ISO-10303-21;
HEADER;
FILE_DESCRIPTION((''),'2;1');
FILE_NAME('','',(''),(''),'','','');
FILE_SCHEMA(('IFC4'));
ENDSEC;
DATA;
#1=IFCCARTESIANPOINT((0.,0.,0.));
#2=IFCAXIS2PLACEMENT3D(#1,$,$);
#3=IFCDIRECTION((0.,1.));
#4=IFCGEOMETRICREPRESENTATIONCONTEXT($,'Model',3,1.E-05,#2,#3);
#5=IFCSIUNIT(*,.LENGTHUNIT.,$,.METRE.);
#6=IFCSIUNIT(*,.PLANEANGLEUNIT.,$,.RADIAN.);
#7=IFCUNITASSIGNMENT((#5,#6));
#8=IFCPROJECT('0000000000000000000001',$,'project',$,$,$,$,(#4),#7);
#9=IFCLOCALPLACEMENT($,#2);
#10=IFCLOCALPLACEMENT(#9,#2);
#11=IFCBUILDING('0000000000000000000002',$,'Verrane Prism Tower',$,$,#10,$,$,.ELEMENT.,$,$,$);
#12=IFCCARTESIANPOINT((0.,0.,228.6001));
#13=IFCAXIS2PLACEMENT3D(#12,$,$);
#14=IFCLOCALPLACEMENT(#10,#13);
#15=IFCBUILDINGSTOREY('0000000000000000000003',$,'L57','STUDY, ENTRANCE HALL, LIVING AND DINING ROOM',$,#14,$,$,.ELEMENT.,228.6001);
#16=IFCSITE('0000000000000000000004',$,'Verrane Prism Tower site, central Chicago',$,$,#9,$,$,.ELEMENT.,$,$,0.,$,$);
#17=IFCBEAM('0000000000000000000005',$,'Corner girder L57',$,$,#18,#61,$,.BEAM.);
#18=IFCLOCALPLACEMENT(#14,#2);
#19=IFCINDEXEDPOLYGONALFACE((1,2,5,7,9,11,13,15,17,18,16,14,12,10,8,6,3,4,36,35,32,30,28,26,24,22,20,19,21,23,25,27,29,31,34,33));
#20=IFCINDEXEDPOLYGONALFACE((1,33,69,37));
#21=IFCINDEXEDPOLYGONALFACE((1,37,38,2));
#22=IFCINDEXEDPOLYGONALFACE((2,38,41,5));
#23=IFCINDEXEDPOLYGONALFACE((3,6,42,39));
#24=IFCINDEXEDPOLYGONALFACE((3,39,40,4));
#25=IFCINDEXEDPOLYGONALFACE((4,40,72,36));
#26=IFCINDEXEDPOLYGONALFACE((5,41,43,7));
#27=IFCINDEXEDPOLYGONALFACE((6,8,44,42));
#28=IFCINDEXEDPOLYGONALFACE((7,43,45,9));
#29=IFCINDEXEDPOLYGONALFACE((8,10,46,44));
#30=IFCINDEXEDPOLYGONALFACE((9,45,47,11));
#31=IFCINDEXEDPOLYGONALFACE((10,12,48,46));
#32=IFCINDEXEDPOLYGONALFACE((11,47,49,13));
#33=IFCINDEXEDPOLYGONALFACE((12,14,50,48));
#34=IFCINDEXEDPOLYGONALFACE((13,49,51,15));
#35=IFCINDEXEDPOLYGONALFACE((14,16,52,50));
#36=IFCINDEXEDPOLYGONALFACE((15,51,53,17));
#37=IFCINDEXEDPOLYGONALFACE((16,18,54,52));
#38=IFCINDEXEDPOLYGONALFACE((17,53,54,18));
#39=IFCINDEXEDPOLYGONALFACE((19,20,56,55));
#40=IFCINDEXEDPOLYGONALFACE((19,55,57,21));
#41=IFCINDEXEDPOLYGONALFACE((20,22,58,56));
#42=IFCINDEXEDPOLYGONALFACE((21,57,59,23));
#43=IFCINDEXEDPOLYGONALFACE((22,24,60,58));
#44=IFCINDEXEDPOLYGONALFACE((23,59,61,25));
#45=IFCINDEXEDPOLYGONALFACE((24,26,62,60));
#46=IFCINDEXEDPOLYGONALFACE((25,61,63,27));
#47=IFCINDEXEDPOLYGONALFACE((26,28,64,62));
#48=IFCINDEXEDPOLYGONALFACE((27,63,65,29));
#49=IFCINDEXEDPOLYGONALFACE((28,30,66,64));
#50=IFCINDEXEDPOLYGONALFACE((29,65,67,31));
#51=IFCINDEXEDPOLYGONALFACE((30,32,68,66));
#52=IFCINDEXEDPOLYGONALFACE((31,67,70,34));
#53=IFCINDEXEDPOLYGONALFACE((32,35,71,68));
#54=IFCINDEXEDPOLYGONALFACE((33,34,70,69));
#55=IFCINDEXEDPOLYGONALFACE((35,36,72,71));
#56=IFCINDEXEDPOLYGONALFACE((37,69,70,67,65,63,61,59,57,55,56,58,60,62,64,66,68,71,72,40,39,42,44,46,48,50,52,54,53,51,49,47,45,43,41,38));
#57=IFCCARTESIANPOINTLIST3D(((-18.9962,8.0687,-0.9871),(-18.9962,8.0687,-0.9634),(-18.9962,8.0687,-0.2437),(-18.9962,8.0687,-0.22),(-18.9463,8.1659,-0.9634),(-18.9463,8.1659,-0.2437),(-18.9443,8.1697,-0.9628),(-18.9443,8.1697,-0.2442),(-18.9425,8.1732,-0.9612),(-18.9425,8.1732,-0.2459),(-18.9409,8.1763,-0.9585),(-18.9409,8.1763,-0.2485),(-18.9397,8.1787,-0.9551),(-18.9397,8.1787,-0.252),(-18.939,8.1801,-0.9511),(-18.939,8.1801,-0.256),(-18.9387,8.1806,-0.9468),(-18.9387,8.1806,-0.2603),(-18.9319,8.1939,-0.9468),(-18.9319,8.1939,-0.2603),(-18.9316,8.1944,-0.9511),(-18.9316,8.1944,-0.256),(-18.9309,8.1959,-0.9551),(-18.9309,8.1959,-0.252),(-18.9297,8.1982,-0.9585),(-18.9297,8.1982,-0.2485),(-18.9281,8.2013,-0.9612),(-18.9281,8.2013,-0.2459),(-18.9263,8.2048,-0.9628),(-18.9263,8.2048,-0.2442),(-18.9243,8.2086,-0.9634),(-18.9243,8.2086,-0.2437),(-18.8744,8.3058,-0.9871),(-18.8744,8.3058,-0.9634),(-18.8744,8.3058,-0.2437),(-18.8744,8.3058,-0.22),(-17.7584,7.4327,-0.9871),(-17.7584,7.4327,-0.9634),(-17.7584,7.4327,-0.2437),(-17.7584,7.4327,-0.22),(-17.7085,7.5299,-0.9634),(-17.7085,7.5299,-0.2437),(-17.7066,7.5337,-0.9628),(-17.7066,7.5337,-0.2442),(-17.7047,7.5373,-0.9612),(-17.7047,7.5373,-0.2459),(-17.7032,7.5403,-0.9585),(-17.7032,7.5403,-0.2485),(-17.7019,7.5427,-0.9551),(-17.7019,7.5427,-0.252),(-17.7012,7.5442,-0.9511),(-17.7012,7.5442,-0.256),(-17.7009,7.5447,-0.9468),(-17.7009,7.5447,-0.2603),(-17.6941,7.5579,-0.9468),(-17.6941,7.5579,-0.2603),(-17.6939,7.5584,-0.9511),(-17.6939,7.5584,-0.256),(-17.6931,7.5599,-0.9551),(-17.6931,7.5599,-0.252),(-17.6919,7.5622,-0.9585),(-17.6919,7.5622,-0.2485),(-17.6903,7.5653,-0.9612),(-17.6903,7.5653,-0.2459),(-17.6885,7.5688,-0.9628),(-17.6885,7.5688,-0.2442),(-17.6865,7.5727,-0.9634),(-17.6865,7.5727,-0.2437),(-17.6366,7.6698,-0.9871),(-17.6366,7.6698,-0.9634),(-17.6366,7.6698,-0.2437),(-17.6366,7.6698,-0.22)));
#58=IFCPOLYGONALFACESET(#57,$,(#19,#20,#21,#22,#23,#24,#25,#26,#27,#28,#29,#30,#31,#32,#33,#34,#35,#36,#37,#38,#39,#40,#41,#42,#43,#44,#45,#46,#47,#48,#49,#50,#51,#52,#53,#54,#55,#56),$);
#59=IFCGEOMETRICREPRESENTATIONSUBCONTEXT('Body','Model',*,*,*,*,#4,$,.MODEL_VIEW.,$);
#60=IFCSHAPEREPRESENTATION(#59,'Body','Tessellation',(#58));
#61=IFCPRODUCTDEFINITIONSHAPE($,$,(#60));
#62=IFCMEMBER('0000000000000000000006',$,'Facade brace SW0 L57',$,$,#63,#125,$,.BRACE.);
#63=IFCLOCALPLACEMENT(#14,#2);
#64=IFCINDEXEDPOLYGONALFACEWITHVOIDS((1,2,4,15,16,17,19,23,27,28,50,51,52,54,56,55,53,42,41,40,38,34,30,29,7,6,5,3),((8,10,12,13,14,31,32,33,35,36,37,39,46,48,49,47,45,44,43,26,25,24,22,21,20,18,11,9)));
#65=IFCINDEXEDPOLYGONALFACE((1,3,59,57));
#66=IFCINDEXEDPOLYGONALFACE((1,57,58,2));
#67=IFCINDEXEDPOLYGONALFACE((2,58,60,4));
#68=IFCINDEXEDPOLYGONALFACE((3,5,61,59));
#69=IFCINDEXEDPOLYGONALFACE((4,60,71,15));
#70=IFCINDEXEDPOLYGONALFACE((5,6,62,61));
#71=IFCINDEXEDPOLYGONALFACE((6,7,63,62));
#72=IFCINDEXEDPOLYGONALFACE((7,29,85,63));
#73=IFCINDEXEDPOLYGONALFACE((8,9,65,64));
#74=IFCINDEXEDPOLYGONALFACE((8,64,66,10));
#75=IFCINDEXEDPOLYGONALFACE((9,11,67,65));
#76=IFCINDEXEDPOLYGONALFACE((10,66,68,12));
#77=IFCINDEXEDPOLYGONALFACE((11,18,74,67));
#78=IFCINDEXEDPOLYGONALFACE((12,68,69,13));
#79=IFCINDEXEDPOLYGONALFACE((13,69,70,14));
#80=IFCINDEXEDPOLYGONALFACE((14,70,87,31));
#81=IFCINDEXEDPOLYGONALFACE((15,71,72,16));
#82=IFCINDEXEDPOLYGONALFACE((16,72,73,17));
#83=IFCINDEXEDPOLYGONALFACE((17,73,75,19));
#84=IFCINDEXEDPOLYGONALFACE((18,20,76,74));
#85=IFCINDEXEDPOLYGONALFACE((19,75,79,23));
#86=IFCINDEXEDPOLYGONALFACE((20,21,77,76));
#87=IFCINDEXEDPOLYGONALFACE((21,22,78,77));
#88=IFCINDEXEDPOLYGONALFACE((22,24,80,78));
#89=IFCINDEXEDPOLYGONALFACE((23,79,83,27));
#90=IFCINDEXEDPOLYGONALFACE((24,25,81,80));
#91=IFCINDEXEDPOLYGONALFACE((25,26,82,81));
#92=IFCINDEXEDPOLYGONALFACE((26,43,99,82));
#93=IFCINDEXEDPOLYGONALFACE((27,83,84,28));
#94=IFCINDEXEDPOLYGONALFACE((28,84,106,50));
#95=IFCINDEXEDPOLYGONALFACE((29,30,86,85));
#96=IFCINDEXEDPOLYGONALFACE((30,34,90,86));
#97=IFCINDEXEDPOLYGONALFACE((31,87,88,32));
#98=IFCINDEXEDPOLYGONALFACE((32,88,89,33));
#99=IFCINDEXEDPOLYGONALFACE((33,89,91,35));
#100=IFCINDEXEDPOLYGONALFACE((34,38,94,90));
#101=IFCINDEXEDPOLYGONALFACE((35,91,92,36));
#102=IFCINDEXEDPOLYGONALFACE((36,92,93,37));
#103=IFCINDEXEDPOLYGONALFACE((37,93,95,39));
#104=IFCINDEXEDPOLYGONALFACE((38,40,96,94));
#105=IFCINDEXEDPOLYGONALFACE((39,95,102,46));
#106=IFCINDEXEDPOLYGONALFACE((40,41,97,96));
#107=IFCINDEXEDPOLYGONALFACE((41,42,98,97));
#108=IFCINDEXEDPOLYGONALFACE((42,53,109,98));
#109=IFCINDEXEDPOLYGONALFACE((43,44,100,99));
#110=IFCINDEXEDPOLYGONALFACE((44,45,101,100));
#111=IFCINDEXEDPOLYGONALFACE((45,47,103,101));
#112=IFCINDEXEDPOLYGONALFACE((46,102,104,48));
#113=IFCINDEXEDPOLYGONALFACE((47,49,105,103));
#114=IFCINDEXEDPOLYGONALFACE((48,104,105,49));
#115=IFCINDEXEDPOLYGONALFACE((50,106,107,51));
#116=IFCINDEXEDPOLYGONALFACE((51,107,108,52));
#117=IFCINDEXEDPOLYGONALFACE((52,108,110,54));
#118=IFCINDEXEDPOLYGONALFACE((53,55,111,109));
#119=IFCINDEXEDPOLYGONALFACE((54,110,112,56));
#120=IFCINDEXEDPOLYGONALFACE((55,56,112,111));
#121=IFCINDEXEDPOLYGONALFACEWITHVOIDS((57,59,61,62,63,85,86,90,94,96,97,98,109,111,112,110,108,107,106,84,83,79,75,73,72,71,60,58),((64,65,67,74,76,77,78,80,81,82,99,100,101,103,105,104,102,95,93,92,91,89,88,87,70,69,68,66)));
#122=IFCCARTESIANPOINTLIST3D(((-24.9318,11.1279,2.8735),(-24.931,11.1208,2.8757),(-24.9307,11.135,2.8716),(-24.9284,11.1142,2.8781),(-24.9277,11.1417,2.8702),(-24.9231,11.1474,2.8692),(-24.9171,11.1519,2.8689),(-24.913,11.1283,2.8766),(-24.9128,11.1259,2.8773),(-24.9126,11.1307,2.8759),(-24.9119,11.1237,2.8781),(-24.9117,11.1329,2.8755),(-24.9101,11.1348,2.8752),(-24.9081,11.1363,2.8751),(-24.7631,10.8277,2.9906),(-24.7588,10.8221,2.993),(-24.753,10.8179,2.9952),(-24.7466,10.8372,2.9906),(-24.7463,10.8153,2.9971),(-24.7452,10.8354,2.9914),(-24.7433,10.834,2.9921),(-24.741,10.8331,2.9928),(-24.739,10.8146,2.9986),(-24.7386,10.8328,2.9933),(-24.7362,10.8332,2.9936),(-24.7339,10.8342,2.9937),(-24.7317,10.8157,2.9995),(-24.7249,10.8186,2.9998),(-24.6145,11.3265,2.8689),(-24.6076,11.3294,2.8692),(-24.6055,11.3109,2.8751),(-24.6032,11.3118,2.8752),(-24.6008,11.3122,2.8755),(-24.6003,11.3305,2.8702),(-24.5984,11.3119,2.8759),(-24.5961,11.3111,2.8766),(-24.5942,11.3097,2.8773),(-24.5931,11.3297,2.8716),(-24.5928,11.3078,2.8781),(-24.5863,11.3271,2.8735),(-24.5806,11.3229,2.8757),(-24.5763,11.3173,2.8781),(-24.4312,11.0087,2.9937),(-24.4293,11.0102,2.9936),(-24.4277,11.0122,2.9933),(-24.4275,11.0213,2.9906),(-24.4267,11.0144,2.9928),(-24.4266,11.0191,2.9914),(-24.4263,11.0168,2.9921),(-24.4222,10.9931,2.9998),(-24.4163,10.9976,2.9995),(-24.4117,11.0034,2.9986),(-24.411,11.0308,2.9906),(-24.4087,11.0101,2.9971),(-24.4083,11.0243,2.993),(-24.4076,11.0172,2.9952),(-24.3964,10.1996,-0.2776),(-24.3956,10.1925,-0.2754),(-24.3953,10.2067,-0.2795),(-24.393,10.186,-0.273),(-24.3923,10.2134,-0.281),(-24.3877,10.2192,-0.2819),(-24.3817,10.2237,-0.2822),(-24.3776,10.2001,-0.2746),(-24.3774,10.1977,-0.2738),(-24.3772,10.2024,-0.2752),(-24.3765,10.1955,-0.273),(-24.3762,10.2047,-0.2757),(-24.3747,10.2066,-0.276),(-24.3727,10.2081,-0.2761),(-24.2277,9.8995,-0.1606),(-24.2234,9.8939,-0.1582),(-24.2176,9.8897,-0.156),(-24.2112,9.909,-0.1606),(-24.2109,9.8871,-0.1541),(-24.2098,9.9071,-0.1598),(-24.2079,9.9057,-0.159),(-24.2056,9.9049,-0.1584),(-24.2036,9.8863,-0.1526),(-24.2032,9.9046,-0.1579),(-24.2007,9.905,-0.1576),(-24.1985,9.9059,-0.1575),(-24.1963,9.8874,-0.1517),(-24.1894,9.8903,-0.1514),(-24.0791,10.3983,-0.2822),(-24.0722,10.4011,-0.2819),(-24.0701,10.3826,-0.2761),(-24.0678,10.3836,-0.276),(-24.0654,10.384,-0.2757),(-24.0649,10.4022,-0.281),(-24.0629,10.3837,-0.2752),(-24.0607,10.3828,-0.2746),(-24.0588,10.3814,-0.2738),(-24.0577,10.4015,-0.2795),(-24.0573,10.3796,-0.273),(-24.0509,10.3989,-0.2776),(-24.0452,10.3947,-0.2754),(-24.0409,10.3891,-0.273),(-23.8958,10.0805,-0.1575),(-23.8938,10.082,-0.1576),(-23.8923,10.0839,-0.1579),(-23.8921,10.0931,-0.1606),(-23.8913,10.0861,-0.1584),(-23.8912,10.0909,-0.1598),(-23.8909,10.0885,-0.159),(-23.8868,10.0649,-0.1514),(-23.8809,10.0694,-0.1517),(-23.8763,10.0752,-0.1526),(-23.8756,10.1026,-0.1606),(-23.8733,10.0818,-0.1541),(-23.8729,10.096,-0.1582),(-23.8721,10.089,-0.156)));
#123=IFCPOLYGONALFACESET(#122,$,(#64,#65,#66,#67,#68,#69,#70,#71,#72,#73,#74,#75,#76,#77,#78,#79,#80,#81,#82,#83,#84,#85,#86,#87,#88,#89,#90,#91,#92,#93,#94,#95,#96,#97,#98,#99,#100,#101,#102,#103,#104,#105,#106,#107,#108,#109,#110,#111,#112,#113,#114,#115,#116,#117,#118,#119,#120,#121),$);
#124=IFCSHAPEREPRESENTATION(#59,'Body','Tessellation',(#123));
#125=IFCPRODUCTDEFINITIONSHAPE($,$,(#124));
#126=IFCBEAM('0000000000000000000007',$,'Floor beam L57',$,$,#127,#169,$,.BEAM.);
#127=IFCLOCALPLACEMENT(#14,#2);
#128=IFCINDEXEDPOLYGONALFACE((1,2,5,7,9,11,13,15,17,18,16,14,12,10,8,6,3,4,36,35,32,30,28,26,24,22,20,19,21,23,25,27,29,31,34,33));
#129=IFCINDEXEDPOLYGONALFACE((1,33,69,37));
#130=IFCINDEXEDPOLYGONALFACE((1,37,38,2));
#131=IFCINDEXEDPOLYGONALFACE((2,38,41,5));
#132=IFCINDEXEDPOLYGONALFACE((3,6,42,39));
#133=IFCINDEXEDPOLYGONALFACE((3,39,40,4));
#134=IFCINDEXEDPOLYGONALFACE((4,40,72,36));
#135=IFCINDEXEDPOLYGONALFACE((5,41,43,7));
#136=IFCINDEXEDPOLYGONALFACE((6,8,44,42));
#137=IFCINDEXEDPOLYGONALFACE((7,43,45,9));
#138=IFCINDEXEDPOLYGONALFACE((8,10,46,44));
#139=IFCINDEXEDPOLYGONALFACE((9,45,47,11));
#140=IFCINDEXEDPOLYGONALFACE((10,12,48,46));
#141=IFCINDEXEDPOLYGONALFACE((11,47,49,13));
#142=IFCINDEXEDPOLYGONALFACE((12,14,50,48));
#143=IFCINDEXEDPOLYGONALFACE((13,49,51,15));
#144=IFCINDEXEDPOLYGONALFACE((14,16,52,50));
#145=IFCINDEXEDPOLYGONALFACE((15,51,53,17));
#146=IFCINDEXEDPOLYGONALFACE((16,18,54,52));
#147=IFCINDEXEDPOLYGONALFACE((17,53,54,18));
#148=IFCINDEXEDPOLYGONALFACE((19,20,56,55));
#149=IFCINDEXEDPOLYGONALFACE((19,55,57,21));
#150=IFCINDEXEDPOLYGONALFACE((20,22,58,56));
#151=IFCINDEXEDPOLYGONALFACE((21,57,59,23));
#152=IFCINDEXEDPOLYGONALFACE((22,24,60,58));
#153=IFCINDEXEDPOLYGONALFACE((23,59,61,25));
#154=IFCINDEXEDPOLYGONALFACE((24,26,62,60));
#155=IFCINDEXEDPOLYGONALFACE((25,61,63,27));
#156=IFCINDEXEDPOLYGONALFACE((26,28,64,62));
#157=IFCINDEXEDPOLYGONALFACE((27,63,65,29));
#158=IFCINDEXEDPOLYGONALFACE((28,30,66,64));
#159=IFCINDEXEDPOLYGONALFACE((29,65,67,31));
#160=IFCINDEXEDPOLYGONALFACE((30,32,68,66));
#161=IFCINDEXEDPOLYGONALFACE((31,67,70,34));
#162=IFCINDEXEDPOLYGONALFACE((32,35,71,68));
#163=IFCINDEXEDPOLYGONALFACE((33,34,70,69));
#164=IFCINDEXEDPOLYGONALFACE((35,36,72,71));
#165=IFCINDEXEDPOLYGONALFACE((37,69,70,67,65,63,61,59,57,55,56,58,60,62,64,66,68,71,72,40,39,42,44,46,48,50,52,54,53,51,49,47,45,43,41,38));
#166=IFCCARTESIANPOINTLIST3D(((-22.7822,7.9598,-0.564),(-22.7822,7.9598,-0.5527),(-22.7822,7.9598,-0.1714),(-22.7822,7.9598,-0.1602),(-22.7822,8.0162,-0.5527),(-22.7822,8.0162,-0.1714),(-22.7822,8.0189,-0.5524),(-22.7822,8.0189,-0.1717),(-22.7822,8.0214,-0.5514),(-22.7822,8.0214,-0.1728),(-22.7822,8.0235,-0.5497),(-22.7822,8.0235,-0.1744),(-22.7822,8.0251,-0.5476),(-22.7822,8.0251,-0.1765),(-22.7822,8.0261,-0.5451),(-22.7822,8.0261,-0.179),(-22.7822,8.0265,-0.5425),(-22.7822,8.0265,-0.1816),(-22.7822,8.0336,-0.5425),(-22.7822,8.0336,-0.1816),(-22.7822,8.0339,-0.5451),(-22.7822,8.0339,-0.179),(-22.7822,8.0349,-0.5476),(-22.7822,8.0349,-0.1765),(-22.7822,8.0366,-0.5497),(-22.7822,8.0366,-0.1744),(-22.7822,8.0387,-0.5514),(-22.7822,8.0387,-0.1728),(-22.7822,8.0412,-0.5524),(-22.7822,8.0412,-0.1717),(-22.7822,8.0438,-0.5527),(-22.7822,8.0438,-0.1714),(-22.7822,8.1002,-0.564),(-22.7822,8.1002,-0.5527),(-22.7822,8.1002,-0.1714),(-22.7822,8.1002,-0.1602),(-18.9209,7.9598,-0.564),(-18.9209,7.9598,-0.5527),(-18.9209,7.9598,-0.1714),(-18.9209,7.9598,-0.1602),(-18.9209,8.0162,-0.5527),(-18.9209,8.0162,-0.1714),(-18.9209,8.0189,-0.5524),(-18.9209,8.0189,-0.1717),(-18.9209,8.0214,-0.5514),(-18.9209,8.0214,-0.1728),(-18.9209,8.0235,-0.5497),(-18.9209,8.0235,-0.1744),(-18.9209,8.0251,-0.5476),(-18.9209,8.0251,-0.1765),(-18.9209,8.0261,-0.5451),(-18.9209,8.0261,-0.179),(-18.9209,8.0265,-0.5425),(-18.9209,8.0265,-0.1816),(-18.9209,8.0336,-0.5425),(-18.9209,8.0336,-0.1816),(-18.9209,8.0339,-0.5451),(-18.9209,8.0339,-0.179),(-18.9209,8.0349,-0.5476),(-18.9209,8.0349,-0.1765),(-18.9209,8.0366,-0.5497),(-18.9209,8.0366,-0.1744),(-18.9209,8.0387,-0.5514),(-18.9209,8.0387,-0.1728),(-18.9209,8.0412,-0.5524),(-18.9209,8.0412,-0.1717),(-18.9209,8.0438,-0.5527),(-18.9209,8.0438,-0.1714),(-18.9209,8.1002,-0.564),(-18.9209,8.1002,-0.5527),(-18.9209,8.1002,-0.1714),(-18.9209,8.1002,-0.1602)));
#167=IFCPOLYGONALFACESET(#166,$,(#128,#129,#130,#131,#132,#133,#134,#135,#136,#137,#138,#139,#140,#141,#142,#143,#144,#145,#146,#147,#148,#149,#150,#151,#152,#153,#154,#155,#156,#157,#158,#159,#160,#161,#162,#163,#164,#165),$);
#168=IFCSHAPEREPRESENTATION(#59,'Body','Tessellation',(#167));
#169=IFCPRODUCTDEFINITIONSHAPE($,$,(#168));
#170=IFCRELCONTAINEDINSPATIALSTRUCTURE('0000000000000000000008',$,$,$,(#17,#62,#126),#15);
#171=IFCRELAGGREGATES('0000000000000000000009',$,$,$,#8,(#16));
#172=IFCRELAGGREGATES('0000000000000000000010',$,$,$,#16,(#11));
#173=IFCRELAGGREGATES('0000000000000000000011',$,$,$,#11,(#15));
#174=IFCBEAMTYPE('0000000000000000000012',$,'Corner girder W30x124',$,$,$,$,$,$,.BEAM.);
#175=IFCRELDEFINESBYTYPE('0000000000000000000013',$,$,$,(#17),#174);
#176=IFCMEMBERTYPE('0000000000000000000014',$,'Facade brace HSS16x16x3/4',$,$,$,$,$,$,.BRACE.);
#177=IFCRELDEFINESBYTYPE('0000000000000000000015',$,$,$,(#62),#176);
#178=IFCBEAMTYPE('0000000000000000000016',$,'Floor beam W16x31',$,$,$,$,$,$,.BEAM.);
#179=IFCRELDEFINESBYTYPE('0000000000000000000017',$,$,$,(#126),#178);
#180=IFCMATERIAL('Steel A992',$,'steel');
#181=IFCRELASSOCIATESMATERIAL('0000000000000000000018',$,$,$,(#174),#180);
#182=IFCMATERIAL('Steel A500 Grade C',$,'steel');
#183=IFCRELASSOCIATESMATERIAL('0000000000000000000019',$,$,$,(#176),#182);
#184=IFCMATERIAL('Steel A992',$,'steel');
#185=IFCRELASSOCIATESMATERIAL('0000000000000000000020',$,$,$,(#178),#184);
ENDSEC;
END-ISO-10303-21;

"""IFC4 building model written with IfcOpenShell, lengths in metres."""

from ifc_helpers import new_model, si_unit, direction, frame, origin, origin_2d, place, context, subcontext, project, spatial, hollow_rectangle, i_section, extrude, material, material_profile, profile_set, type_object, element, save


model = new_model("IFC4")

# Units and contexts
model_context = context("Model", 3, precision=1e-05, world=origin(), true_north=direction((0.0, 1.0)))
body_context = subcontext(model_context, "Body", "Model", "MODEL_VIEW")
ifc_project = project(units=[si_unit("LENGTHUNIT", "METRE"), si_unit("PLANEANGLEUNIT", "RADIAN")], contexts=[model_context])

# Site, building, storey
site_placement = place(None, origin())
site = spatial("IfcSite", under=ifc_project, at=site_placement, Name="Verrane Prism Tower site, central Chicago", CompositionType="ELEMENT", RefElevation=0.0)
building_placement = place(site_placement, origin())
building = spatial("IfcBuilding", under=site, at=building_placement, Name="Verrane Prism Tower", CompositionType="ELEMENT")
storey_placement = place(building_placement, frame((0.0, 0.0, 228.6001)))
storey = spatial("IfcBuildingStorey", under=building, at=storey_placement, Name="L57", Description="STUDY, ENTRANCE HALL, LIVING AND DINING ROOM", CompositionType="ELEMENT", Elevation=228.6001)

# Beam
ifc_material_1 = material(Name="Steel A992", Category="steel")
ifc_material_profile_1 = material_profile(ifc_material_1, i_section(OverallWidth=0.2666, OverallDepth=0.7671, WebThickness=0.0149, FlangeThickness=0.0237, FilletRadius=0.0166, at=origin_2d()), Name="W30x124")
ifc_profile_set_1 = profile_set([ifc_material_profile_1], Name="Steel A992")
beam_type_1 = type_object("IfcBeamType", Name="Corner girder W30x124", PredefinedType="BEAM", material=ifc_profile_set_1)
beam_1_placement = place(storey_placement, frame((-18.9353, 8.1873, -0.6035), z_axis=(0.889461, -0.457011, 0.0), x_axis=(0.457011, 0.889461, 0.0)))
element("IfcBeam", 1, at=beam_1_placement, inside=storey, type_object=beam_type_1, Name="Corner girder L57", PredefinedType="BEAM", context=body_context, shape_type="SweptSolid", body=[
    extrude(i_section(OverallWidth=0.2666, OverallDepth=0.7671, WebThickness=0.0149, FlangeThickness=0.0237, FilletRadius=0.0166, at=origin_2d()), origin(), (0.0, 0.0, 1.0), 1.3916),
])

# Member
ifc_material_2 = material(Name="Steel A500 Grade C", Category="steel")
ifc_material_profile_2 = material_profile(ifc_material_2, hollow_rectangle(XDim=0.4065, YDim=0.4065, WallThickness=0.019, InnerFilletRadius=0.0095, OuterFilletRadius=0.0286, at=origin_2d()), Name="HSS16x16x3/4")
ifc_profile_set_2 = profile_set([ifc_material_profile_2], Name="Steel A500 Grade C")
member_type_1 = type_object("IfcMemberType", Name="Facade brace HSS16x16x3/4", PredefinedType="BRACE", material=ifc_profile_set_2)
member_1_placement = place(storey_placement, frame((-24.1343, 10.1443, -0.2168), z_axis=(-0.160861, 0.278885, 0.946756), x_axis=(-0.866231, -0.499644, 0.0)))
element("IfcMember", 2, at=member_1_placement, inside=storey, type_object=member_type_1, Name="Facade brace SW0 L57", PredefinedType="BRACE", context=body_context, shape_type="SweptSolid", body=[
    extrude(hollow_rectangle(XDim=0.4065, YDim=0.4065, WallThickness=0.019, InnerFilletRadius=0.0095, OuterFilletRadius=0.0286, at=origin_2d()), origin(), (0.0, 0.0, 1.0), 3.3284),
])

# Beam
ifc_material_3 = material(Name="Steel A992", Category="steel")
ifc_material_profile_3 = material_profile(ifc_material_3, i_section(OverallWidth=0.1404, OverallDepth=0.4038, WebThickness=0.0071, FlangeThickness=0.0112, FilletRadius=0.0103, at=origin_2d()), Name="W16x31")
ifc_profile_set_3 = profile_set([ifc_material_profile_3], Name="Steel A992")
beam_type_2 = type_object("IfcBeamType", Name="Floor beam W16x31", PredefinedType="BEAM", material=ifc_profile_set_3)
beam_2_placement = place(storey_placement, frame((-22.7822, 8.03, -0.3621), z_axis=(1.0, 0.0, 0.0), x_axis=(0.0, 1.0, 0.0)))
element("IfcBeam", 3, at=beam_2_placement, inside=storey, type_object=beam_type_2, Name="Floor beam L57", PredefinedType="BEAM", context=body_context, shape_type="SweptSolid", body=[
    extrude(i_section(OverallWidth=0.1404, OverallDepth=0.4038, WebThickness=0.0071, FlangeThickness=0.0112, FilletRadius=0.0103, at=origin_2d()), origin(), (0.0, 0.0, 1.0), 3.8613),
])

save(model, "model.ifc")
